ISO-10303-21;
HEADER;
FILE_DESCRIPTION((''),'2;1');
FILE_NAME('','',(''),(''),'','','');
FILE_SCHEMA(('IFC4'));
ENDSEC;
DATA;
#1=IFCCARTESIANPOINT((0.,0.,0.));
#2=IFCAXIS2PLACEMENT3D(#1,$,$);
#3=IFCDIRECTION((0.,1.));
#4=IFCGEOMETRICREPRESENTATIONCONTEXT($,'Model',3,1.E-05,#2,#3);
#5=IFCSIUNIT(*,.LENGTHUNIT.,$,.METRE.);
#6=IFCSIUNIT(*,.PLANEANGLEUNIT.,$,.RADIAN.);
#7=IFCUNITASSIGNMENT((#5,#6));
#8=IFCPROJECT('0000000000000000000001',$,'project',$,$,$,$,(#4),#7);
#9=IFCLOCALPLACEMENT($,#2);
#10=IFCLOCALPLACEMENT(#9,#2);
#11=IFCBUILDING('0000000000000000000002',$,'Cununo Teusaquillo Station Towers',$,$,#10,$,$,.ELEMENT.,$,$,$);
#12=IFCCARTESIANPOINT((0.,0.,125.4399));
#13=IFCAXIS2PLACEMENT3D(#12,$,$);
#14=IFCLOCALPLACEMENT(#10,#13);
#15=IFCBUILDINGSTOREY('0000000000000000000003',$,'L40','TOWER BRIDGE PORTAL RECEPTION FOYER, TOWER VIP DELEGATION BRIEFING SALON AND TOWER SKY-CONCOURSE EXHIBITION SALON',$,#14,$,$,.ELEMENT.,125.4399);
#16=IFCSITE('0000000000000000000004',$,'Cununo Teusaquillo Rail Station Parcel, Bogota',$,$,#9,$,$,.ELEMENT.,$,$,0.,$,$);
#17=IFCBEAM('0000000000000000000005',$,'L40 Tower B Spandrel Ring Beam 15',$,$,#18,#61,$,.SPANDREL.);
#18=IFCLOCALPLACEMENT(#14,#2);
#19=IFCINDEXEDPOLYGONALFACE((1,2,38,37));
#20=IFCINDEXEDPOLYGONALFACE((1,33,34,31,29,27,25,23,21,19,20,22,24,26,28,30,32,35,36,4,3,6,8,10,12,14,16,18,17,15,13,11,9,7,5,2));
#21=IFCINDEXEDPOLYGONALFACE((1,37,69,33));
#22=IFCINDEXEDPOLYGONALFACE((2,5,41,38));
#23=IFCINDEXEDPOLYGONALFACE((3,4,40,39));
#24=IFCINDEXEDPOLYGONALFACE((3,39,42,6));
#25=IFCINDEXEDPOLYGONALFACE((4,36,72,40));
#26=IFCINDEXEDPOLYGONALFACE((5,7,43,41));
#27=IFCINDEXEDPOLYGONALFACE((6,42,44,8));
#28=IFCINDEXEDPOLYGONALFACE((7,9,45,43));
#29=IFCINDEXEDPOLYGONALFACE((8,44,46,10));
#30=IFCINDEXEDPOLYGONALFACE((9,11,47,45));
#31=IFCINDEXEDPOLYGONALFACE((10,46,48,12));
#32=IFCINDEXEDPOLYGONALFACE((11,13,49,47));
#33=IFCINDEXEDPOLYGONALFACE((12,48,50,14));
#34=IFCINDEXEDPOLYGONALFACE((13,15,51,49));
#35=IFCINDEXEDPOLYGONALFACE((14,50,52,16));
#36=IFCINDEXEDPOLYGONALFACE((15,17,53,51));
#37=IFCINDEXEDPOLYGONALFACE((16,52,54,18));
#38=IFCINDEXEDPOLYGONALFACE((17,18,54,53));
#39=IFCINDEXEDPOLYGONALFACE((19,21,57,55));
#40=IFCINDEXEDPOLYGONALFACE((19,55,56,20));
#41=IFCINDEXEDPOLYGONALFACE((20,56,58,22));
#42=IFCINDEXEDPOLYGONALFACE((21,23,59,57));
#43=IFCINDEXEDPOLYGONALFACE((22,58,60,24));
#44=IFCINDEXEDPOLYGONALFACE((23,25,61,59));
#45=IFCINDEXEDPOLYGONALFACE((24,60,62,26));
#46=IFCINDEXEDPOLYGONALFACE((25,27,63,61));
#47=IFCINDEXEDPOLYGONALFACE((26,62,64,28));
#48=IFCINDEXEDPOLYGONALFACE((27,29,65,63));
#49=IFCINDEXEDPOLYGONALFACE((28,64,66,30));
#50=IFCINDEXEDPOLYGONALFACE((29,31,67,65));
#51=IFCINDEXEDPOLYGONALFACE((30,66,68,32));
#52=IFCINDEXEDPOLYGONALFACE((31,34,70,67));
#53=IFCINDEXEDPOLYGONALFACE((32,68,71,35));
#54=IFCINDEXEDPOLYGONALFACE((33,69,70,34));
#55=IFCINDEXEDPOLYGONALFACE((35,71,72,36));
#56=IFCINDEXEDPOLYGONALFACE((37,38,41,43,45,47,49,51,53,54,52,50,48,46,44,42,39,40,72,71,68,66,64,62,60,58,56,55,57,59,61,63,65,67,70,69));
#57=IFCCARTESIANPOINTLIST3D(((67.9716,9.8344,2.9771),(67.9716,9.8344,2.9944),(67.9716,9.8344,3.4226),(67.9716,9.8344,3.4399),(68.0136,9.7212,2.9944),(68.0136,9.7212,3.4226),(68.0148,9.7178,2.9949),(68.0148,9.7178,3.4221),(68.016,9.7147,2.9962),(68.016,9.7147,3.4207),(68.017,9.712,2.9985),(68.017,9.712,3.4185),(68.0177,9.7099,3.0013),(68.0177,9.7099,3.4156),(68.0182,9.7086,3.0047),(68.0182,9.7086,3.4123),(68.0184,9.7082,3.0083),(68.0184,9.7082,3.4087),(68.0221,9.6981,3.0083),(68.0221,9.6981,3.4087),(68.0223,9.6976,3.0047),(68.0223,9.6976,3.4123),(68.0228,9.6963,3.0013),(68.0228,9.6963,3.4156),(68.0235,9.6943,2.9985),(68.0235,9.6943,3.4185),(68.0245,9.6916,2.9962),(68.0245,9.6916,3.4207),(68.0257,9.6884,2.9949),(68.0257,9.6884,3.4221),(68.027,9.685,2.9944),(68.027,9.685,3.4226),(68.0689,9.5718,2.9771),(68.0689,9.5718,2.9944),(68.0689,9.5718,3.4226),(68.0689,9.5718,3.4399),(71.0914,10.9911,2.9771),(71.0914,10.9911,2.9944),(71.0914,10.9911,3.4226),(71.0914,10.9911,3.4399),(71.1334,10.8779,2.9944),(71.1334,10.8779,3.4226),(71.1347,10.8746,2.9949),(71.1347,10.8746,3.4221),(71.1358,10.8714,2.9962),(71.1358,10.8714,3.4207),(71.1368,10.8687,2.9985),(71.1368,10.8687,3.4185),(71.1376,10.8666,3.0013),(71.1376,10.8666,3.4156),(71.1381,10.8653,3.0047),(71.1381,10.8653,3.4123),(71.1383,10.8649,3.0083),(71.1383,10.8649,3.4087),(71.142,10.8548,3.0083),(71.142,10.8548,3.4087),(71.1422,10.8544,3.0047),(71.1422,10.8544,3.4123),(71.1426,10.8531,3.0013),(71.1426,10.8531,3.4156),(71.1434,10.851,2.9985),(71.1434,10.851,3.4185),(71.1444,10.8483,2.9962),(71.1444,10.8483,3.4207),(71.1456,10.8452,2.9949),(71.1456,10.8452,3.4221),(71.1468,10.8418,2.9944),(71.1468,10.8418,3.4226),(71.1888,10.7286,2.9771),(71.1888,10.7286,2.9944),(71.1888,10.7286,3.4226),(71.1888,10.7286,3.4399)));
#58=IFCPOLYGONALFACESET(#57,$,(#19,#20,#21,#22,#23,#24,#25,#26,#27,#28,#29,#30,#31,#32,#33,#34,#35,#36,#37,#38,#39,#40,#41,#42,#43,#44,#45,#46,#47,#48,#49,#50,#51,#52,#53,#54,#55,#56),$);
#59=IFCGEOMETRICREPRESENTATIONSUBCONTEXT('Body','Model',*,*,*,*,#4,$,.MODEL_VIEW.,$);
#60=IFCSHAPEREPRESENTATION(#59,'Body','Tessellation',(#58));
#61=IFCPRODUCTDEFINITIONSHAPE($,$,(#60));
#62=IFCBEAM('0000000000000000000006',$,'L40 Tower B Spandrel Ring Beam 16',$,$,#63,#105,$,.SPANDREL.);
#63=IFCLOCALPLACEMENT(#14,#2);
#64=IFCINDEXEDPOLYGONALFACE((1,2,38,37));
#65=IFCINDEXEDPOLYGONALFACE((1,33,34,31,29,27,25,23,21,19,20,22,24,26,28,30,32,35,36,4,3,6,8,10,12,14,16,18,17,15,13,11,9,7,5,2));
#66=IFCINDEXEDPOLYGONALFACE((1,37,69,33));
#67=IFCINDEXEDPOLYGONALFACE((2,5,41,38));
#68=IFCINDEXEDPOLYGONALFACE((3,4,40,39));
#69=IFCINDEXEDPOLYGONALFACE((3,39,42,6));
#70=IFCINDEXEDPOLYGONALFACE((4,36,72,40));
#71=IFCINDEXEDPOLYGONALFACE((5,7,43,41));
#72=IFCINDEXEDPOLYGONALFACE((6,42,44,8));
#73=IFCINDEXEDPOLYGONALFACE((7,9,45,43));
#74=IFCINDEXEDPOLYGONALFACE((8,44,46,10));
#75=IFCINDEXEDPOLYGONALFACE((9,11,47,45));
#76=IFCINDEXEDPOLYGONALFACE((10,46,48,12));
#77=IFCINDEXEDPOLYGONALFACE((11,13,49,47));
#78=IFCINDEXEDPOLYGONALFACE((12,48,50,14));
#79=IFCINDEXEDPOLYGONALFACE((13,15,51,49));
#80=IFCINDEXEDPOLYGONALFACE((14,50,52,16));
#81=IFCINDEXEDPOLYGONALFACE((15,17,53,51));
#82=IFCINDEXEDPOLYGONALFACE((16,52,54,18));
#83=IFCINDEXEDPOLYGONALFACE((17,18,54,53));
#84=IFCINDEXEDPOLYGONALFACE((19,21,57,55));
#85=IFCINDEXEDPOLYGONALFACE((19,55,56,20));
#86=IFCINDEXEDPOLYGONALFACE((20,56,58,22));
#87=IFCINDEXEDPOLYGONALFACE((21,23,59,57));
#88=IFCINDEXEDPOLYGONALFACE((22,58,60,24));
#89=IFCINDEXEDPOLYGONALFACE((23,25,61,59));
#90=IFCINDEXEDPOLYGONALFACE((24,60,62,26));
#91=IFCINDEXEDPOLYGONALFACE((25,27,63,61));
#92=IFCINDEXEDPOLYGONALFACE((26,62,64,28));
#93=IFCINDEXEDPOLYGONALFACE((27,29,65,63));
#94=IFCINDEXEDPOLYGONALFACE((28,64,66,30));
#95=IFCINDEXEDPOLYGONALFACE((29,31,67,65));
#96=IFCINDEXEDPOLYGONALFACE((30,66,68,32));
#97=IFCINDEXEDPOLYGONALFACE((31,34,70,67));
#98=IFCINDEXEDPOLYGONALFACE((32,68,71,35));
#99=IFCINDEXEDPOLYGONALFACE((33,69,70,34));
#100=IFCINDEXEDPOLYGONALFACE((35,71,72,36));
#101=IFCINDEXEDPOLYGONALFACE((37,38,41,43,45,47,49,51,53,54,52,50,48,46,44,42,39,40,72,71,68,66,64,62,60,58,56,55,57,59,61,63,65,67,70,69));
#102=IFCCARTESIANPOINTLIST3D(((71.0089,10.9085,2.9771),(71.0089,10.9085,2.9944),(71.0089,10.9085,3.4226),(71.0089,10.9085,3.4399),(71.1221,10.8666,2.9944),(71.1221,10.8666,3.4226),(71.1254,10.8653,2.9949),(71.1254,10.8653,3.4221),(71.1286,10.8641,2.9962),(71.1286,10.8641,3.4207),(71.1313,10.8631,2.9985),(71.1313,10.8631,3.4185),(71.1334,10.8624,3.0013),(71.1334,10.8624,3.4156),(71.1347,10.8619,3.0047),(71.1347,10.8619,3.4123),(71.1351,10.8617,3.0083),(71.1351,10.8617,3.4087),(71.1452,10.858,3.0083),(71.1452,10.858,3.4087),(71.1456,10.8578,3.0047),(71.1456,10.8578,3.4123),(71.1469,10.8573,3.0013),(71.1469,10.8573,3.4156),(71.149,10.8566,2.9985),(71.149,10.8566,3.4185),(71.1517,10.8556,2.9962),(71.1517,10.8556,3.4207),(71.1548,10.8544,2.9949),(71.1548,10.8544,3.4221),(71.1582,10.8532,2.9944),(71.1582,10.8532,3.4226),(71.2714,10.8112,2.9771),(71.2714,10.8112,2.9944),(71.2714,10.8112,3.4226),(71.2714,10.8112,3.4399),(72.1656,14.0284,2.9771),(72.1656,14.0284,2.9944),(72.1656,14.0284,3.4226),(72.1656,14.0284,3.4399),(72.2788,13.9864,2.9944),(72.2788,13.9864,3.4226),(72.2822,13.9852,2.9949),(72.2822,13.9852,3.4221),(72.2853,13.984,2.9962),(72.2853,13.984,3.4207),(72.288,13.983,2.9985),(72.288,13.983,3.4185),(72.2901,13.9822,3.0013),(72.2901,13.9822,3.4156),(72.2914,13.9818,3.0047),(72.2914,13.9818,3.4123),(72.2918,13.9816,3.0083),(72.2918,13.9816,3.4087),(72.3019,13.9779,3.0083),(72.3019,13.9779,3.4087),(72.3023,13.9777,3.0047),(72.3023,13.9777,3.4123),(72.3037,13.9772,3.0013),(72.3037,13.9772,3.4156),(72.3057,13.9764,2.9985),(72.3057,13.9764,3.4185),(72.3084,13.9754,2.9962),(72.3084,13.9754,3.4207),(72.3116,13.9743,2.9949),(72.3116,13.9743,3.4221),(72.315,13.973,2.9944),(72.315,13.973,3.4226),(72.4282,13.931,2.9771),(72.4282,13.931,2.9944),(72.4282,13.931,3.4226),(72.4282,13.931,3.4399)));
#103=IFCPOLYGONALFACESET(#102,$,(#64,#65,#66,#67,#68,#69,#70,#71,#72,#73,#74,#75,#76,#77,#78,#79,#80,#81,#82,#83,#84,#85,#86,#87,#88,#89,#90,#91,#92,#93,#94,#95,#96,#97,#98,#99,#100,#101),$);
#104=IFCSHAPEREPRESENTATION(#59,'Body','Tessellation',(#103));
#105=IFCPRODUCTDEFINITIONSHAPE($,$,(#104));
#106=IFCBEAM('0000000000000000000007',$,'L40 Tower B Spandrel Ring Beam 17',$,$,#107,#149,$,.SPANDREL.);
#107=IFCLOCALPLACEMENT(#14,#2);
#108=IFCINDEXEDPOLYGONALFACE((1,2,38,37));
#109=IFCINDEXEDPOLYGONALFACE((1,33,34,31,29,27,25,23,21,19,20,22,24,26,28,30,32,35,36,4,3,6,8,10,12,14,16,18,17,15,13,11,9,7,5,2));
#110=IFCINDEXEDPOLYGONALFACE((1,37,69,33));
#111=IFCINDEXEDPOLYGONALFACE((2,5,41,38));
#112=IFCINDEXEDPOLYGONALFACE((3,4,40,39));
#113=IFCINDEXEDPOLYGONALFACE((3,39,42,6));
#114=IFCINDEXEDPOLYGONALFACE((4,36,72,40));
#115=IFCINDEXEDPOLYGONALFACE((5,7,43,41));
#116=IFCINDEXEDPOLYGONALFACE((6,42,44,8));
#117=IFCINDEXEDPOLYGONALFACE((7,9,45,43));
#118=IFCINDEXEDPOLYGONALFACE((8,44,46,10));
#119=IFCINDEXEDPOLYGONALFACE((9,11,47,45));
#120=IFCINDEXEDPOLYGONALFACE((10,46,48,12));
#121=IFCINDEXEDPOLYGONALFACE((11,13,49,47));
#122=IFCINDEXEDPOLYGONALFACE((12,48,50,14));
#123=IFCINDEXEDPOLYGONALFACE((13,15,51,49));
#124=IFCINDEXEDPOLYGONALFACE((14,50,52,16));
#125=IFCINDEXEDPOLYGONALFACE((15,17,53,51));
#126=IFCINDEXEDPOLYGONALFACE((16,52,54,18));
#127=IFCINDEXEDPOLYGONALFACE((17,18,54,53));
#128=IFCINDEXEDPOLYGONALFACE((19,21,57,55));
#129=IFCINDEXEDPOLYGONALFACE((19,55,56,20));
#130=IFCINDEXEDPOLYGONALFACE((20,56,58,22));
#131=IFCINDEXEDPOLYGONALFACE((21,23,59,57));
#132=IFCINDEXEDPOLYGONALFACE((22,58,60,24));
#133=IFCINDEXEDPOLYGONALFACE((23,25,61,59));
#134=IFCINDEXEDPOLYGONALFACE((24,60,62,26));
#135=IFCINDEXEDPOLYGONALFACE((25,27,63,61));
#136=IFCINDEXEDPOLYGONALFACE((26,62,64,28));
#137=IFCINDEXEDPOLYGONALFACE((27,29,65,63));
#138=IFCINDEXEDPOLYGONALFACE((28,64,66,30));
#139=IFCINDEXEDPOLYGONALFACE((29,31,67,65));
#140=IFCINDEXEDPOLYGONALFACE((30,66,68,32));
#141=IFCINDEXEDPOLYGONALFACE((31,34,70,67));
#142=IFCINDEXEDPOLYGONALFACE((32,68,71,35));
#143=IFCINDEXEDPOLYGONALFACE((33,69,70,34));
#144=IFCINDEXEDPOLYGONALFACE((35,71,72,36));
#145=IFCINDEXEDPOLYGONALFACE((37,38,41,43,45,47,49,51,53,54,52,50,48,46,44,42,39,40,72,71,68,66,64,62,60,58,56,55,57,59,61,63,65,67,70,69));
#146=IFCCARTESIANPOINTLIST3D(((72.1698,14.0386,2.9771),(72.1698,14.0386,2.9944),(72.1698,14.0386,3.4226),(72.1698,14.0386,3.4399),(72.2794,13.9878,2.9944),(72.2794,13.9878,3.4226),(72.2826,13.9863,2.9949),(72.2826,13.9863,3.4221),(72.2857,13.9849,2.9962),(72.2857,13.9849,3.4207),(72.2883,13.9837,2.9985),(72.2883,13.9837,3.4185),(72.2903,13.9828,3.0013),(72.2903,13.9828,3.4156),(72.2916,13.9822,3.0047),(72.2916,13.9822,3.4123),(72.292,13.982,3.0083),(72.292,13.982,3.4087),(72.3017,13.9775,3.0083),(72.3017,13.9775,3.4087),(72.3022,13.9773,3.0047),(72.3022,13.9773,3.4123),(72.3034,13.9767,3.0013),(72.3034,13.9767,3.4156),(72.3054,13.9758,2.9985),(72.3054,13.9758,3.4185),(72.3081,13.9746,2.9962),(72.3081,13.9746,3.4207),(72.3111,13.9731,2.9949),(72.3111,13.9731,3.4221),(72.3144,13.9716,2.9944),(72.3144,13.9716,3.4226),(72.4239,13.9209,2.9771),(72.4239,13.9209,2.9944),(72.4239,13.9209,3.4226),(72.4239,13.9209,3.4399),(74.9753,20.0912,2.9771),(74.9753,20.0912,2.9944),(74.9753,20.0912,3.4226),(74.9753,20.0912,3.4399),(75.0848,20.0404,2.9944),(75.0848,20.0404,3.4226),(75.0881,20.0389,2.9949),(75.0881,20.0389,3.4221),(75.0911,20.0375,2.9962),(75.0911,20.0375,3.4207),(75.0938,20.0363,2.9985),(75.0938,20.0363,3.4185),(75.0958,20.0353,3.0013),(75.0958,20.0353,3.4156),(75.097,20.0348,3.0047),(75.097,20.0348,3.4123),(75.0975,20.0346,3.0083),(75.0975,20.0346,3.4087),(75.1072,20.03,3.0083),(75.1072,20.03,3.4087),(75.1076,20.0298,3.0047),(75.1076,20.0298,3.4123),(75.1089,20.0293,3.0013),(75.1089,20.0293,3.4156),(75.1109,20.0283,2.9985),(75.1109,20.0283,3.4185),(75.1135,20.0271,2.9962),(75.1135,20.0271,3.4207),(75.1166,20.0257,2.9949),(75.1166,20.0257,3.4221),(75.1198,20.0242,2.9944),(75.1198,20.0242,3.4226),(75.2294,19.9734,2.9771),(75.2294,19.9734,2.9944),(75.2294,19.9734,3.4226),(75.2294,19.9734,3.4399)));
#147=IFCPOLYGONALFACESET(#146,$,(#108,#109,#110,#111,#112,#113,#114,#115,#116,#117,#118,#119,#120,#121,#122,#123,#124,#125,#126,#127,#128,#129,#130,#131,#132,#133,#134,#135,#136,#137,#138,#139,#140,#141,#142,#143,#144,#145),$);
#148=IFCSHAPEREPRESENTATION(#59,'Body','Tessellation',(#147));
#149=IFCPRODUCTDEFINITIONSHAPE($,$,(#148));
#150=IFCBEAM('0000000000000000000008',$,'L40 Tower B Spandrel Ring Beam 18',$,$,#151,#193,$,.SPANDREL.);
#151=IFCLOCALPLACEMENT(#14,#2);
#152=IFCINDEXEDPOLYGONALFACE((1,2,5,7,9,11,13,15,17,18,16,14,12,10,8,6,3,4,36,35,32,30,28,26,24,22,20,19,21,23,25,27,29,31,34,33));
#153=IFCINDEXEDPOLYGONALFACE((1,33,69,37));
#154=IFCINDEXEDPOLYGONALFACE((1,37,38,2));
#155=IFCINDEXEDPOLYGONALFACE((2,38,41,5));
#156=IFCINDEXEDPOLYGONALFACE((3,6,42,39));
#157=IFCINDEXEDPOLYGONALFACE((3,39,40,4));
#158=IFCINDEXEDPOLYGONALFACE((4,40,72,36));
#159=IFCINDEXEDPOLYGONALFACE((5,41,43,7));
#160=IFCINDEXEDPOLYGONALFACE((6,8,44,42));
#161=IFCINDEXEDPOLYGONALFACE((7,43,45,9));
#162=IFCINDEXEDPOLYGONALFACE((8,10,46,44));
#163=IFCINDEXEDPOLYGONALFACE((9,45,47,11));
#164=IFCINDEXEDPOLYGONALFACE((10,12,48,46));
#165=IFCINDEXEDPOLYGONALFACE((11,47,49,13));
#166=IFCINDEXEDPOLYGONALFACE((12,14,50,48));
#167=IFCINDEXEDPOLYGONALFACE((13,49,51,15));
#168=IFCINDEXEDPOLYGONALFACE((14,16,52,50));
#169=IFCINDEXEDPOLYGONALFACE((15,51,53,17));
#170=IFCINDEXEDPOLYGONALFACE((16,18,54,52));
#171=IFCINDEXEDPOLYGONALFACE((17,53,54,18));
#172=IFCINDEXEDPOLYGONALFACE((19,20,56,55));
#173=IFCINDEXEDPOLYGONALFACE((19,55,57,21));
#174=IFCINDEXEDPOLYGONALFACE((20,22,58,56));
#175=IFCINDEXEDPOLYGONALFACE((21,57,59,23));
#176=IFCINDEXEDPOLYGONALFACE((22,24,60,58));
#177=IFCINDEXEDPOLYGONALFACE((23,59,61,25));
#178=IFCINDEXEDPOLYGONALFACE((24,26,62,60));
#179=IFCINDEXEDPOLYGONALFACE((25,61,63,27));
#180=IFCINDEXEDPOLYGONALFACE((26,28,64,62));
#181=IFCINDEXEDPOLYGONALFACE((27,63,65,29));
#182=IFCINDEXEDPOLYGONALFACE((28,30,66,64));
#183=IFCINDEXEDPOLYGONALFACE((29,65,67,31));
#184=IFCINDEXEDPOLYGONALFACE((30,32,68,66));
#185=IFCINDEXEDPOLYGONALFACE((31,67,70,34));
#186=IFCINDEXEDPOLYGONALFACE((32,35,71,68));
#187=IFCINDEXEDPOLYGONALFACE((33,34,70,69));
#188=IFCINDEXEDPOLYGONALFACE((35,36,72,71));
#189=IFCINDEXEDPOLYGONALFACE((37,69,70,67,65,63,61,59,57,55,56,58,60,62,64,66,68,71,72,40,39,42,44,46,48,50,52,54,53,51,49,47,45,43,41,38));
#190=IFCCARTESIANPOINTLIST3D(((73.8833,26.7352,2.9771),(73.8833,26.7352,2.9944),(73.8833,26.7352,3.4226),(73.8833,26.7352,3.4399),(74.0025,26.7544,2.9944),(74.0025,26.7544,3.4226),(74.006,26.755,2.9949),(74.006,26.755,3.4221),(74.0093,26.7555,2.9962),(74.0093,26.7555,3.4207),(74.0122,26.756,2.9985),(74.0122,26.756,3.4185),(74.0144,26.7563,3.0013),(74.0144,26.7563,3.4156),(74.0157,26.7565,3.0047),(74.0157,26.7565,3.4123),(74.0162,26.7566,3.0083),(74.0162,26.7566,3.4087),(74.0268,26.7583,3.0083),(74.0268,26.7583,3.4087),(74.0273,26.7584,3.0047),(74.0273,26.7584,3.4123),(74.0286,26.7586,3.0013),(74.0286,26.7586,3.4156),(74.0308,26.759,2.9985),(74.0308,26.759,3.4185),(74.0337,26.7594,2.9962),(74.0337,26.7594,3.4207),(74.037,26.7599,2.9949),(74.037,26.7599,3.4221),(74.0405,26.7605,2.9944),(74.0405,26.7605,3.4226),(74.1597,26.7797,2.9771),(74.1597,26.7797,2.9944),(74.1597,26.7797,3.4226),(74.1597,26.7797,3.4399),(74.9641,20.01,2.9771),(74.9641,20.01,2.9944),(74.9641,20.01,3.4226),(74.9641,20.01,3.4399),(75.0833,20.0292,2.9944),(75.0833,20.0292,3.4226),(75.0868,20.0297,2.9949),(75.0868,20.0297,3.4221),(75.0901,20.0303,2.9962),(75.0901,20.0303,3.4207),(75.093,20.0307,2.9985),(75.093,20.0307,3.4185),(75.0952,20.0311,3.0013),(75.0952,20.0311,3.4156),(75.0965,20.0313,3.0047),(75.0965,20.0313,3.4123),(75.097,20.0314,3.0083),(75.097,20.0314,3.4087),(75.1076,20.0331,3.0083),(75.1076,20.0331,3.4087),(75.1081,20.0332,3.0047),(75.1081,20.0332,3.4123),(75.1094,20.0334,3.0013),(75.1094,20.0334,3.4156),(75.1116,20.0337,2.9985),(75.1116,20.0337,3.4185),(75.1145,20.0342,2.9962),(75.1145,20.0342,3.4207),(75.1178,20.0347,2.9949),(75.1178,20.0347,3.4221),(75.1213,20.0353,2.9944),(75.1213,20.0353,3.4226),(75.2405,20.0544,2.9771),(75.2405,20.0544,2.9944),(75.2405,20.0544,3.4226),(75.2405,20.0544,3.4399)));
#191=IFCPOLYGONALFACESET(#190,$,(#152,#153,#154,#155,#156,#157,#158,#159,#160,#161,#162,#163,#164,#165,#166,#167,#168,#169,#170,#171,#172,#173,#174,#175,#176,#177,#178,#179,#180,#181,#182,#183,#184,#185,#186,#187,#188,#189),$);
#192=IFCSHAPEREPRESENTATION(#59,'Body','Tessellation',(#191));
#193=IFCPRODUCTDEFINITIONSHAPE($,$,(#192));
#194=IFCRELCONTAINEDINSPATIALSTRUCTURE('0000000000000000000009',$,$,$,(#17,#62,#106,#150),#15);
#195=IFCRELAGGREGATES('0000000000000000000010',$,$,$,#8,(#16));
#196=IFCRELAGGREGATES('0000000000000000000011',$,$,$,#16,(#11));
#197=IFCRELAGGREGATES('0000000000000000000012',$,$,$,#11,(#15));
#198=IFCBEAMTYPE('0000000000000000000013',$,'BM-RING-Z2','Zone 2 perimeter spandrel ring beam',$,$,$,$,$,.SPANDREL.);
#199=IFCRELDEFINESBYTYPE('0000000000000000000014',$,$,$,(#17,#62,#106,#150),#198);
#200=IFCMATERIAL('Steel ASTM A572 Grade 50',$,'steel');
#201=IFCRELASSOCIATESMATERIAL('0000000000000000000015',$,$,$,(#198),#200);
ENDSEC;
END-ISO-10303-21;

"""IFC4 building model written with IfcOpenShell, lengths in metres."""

from ifc_helpers import new_model, si_unit, direction, frame, origin, origin_2d, place, context, subcontext, project, spatial, i_section, extrude, material, material_profile, profile_set, type_object, element, save


model = new_model("IFC4")

# Units and contexts
model_context = context("Model", 3, precision=1e-05, world=origin(), true_north=direction((0.0, 1.0)))
body_context = subcontext(model_context, "Body", "Model", "MODEL_VIEW")
ifc_project = project(units=[si_unit("LENGTHUNIT", "METRE"), si_unit("PLANEANGLEUNIT", "RADIAN")], contexts=[model_context])

# Site, building, storey
site_placement = place(None, origin())
site = spatial("IfcSite", under=ifc_project, at=site_placement, Name="Cununo Teusaquillo Rail Station Parcel, Bogota", CompositionType="ELEMENT", RefElevation=0.0)
building_placement = place(site_placement, origin())
building = spatial("IfcBuilding", under=site, at=building_placement, Name="Cununo Teusaquillo Station Towers", CompositionType="ELEMENT")
storey_placement = place(building_placement, frame((0.0, 0.0, 125.4399)))
storey = spatial("IfcBuildingStorey", under=building, at=storey_placement, Name="L40", Description="TOWER BRIDGE PORTAL RECEPTION FOYER, TOWER VIP DELEGATION BRIEFING SALON AND TOWER SKY-CONCOURSE EXHIBITION SALON", CompositionType="ELEMENT", Elevation=125.4399)

# Beams
ifc_material_1 = material(Name="Steel ASTM A572 Grade 50", Category="steel")
ifc_material_profile_1 = material_profile(ifc_material_1, i_section(OverallWidth=0.28, OverallDepth=0.4629, WebThickness=0.0107, FlangeThickness=0.0173, FilletRadius=0.0139, at=origin_2d()), Name="W18X76")
ifc_profile_set_1 = profile_set([ifc_material_profile_1], Name="Steel ASTM A572 Grade 50")
beam_type_1 = type_object("IfcBeamType", Name="BM-RING-Z2", Description="Zone 2 perimeter spandrel ring beam", PredefinedType="SPANDREL", material=ifc_profile_set_1)
for number, where, z_axis, x_axis, name in (
    (1, (68.0203, 9.7031, 3.2085), (0.937628, 0.347639, 0.0), (-0.347639, 0.937628, 0.0), "L40 Tower B Spandrel Ring Beam 15"),
    (2, (71.1401, 10.8599, 3.2085), (0.347639, 0.937628, 0.0), (-0.937628, 0.347639, 0.0), "L40 Tower B Spandrel Ring Beam 16"),
):
    element("IfcBeam", number, at=place(storey_placement, frame(where, z_axis=z_axis, x_axis=x_axis)), inside=storey, type_object=beam_type_1, Name=name, PredefinedType="SPANDREL", context=body_context, shape_type="SweptSolid", body=[
        extrude(i_section(OverallWidth=0.28, OverallDepth=0.4629, WebThickness=0.0107, FlangeThickness=0.0173, FilletRadius=0.0139, at=origin_2d()), origin(), (0.0, 0.0, 1.0), 3.3274),
    ])
beam_1_placement = place(storey_placement, frame((72.2969, 13.9797, 3.2085), z_axis=(0.420536, 0.907276, 0.0), x_axis=(-0.907276, 0.420536, 0.0)))
element("IfcBeam", 3, at=beam_1_placement, inside=storey, type_object=beam_type_1, Name="L40 Tower B Spandrel Ring Beam 17", PredefinedType="SPANDREL", context=body_context, shape_type="SweptSolid", body=[
    extrude(i_section(OverallWidth=0.28, OverallDepth=0.4629, WebThickness=0.0107, FlangeThickness=0.0173, FilletRadius=0.0139, at=origin_2d()), origin(), (0.0, 0.0, 1.0), 6.6711),
])
beam_2_placement = place(storey_placement, frame((75.1023, 20.0322, 3.2085), z_axis=(-0.158671, 0.987331, 0.0), x_axis=(-0.987331, -0.158671, 0.0)))
element("IfcBeam", 4, at=beam_2_placement, inside=storey, type_object=beam_type_1, Name="L40 Tower B Spandrel Ring Beam 18", PredefinedType="SPANDREL", context=body_context, shape_type="SweptSolid", body=[
    extrude(i_section(OverallWidth=0.28, OverallDepth=0.4629, WebThickness=0.0107, FlangeThickness=0.0173, FilletRadius=0.0139, at=origin_2d()), origin(), (0.0, 0.0, 1.0), 6.8115),
])

save(model, "model.ifc")
